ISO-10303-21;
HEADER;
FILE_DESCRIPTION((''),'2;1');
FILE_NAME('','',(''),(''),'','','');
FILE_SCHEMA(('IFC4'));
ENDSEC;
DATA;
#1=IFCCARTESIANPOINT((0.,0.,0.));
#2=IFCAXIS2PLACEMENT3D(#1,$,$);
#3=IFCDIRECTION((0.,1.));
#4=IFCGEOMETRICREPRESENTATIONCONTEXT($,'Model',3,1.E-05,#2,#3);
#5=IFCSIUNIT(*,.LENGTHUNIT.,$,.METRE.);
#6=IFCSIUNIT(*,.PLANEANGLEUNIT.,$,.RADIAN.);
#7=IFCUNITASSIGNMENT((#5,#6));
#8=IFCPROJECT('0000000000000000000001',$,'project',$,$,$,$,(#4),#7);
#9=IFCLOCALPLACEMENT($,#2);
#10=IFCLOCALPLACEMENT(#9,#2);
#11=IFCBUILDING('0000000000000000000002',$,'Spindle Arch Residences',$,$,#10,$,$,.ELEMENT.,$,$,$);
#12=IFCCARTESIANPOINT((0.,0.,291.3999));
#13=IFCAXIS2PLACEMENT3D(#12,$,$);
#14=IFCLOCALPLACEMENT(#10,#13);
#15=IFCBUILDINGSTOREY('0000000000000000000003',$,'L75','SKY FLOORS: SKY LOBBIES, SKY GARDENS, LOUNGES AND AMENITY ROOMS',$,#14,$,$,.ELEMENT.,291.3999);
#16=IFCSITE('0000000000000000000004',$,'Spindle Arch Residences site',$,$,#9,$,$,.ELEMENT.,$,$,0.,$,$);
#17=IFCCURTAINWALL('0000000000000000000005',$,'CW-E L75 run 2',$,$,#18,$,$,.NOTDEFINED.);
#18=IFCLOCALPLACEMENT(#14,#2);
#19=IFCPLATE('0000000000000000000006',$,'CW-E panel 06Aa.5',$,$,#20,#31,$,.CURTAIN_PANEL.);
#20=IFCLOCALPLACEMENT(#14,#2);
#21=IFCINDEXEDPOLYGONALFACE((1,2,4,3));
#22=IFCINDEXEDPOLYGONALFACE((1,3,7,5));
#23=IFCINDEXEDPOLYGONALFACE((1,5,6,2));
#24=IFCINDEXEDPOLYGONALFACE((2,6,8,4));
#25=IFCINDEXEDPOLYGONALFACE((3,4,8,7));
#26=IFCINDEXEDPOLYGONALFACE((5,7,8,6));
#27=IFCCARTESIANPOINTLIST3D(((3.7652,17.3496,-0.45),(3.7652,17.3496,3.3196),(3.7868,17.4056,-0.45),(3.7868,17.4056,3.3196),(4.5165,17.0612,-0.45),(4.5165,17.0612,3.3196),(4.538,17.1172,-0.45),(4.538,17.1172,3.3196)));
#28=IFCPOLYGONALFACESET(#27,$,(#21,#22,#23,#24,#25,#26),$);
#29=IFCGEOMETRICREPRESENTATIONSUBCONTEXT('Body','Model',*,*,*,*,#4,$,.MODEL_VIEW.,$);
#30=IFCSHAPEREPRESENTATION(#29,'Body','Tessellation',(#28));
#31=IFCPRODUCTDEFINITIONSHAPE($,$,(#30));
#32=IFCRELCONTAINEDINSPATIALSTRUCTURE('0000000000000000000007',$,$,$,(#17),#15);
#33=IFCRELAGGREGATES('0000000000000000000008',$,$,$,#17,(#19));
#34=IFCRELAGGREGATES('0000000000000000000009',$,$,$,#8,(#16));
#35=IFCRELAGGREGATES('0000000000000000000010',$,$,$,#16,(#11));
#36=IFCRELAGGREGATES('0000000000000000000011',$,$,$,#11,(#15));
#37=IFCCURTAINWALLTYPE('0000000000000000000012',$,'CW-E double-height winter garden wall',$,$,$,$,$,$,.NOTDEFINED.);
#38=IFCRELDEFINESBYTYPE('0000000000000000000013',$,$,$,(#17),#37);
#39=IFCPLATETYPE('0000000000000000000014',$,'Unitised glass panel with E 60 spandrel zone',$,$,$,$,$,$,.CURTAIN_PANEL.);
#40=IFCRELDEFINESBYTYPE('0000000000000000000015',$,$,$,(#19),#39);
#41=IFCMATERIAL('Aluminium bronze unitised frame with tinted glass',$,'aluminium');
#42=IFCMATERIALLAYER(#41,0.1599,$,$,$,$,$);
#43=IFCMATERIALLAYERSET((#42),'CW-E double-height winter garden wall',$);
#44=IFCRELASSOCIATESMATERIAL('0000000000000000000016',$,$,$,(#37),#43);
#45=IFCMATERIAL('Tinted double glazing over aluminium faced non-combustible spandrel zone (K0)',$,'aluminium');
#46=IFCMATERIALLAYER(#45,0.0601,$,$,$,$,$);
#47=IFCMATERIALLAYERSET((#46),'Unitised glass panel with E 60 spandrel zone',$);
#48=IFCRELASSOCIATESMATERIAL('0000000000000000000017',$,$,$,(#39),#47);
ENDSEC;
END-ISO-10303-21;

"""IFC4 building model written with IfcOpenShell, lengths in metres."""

from ifc_helpers import new_model, si_unit, direction, frame, origin, origin_2d, place, context, subcontext, project, spatial, rectangle, extrude, material, layer, layer_set, type_object, element, aggregate, save


model = new_model("IFC4")

# Units and contexts
model_context = context("Model", 3, precision=1e-05, world=origin(), true_north=direction((0.0, 1.0)))
body_context = subcontext(model_context, "Body", "Model", "MODEL_VIEW")
ifc_project = project(units=[si_unit("LENGTHUNIT", "METRE"), si_unit("PLANEANGLEUNIT", "RADIAN")], contexts=[model_context])

# Site, building, storey
site_placement = place(None, origin())
site = spatial("IfcSite", under=ifc_project, at=site_placement, Name="Spindle Arch Residences site", CompositionType="ELEMENT", RefElevation=0.0)
building_placement = place(site_placement, origin())
building = spatial("IfcBuilding", under=site, at=building_placement, Name="Spindle Arch Residences", CompositionType="ELEMENT")
storey_placement = place(building_placement, frame((0.0, 0.0, 291.3999)))
storey = spatial("IfcBuildingStorey", under=building, at=storey_placement, Name="L75", Description="SKY FLOORS: SKY LOBBIES, SKY GARDENS, LOUNGES AND AMENITY ROOMS", CompositionType="ELEMENT", Elevation=291.3999)

# Curtain wall, plate
ifc_material_1 = material(Name="Aluminium bronze unitised frame with tinted glass", Category="aluminium")
ifc_layer_1 = layer(ifc_material_1, 0.1599)
ifc_layer_set_1 = layer_set([ifc_layer_1], Name="CW-E double-height winter garden wall")
curtain_wall_type = type_object("IfcCurtainWallType", Name="CW-E double-height winter garden wall", PredefinedType="NOTDEFINED", material=ifc_layer_set_1)
curtain_wall_placement = place(storey_placement, origin())
curtain_wall = element("IfcCurtainWall", 1, at=curtain_wall_placement, inside=storey, type_object=curtain_wall_type, Name="CW-E L75 run 2", PredefinedType="NOTDEFINED")
ifc_material_2 = material(Name="Tinted double glazing over aluminium faced non-combustible spandrel zone (K0)", Category="aluminium")
ifc_layer_2 = layer(ifc_material_2, 0.0601)
ifc_layer_set_2 = layer_set([ifc_layer_2], Name="Unitised glass panel with E 60 spandrel zone")
plate_type_1 = type_object("IfcPlateType", Name="Unitised glass panel with E 60 spandrel zone", PredefinedType="CURTAIN_PANEL", material=ifc_layer_set_2)
plate_1_placement = place(storey_placement, frame((4.1516, 17.2334, -0.45), z_axis=(0.0, 0.0, 1.0), x_axis=(-0.93358, 0.358368, 0.0)))
plate_1 = element("IfcPlate", 2, at=plate_1_placement, type_object=plate_type_1, Name="CW-E panel 06Aa.5", PredefinedType="CURTAIN_PANEL", context=body_context, shape_type="SweptSolid", body=[
    extrude(rectangle(XDim=0.8047, YDim=0.0601, at=origin_2d()), origin(), (0.0, 0.0, 1.0), 3.7695),
])
aggregate(curtain_wall, [plate_1])

save(model, "model.ifc")
